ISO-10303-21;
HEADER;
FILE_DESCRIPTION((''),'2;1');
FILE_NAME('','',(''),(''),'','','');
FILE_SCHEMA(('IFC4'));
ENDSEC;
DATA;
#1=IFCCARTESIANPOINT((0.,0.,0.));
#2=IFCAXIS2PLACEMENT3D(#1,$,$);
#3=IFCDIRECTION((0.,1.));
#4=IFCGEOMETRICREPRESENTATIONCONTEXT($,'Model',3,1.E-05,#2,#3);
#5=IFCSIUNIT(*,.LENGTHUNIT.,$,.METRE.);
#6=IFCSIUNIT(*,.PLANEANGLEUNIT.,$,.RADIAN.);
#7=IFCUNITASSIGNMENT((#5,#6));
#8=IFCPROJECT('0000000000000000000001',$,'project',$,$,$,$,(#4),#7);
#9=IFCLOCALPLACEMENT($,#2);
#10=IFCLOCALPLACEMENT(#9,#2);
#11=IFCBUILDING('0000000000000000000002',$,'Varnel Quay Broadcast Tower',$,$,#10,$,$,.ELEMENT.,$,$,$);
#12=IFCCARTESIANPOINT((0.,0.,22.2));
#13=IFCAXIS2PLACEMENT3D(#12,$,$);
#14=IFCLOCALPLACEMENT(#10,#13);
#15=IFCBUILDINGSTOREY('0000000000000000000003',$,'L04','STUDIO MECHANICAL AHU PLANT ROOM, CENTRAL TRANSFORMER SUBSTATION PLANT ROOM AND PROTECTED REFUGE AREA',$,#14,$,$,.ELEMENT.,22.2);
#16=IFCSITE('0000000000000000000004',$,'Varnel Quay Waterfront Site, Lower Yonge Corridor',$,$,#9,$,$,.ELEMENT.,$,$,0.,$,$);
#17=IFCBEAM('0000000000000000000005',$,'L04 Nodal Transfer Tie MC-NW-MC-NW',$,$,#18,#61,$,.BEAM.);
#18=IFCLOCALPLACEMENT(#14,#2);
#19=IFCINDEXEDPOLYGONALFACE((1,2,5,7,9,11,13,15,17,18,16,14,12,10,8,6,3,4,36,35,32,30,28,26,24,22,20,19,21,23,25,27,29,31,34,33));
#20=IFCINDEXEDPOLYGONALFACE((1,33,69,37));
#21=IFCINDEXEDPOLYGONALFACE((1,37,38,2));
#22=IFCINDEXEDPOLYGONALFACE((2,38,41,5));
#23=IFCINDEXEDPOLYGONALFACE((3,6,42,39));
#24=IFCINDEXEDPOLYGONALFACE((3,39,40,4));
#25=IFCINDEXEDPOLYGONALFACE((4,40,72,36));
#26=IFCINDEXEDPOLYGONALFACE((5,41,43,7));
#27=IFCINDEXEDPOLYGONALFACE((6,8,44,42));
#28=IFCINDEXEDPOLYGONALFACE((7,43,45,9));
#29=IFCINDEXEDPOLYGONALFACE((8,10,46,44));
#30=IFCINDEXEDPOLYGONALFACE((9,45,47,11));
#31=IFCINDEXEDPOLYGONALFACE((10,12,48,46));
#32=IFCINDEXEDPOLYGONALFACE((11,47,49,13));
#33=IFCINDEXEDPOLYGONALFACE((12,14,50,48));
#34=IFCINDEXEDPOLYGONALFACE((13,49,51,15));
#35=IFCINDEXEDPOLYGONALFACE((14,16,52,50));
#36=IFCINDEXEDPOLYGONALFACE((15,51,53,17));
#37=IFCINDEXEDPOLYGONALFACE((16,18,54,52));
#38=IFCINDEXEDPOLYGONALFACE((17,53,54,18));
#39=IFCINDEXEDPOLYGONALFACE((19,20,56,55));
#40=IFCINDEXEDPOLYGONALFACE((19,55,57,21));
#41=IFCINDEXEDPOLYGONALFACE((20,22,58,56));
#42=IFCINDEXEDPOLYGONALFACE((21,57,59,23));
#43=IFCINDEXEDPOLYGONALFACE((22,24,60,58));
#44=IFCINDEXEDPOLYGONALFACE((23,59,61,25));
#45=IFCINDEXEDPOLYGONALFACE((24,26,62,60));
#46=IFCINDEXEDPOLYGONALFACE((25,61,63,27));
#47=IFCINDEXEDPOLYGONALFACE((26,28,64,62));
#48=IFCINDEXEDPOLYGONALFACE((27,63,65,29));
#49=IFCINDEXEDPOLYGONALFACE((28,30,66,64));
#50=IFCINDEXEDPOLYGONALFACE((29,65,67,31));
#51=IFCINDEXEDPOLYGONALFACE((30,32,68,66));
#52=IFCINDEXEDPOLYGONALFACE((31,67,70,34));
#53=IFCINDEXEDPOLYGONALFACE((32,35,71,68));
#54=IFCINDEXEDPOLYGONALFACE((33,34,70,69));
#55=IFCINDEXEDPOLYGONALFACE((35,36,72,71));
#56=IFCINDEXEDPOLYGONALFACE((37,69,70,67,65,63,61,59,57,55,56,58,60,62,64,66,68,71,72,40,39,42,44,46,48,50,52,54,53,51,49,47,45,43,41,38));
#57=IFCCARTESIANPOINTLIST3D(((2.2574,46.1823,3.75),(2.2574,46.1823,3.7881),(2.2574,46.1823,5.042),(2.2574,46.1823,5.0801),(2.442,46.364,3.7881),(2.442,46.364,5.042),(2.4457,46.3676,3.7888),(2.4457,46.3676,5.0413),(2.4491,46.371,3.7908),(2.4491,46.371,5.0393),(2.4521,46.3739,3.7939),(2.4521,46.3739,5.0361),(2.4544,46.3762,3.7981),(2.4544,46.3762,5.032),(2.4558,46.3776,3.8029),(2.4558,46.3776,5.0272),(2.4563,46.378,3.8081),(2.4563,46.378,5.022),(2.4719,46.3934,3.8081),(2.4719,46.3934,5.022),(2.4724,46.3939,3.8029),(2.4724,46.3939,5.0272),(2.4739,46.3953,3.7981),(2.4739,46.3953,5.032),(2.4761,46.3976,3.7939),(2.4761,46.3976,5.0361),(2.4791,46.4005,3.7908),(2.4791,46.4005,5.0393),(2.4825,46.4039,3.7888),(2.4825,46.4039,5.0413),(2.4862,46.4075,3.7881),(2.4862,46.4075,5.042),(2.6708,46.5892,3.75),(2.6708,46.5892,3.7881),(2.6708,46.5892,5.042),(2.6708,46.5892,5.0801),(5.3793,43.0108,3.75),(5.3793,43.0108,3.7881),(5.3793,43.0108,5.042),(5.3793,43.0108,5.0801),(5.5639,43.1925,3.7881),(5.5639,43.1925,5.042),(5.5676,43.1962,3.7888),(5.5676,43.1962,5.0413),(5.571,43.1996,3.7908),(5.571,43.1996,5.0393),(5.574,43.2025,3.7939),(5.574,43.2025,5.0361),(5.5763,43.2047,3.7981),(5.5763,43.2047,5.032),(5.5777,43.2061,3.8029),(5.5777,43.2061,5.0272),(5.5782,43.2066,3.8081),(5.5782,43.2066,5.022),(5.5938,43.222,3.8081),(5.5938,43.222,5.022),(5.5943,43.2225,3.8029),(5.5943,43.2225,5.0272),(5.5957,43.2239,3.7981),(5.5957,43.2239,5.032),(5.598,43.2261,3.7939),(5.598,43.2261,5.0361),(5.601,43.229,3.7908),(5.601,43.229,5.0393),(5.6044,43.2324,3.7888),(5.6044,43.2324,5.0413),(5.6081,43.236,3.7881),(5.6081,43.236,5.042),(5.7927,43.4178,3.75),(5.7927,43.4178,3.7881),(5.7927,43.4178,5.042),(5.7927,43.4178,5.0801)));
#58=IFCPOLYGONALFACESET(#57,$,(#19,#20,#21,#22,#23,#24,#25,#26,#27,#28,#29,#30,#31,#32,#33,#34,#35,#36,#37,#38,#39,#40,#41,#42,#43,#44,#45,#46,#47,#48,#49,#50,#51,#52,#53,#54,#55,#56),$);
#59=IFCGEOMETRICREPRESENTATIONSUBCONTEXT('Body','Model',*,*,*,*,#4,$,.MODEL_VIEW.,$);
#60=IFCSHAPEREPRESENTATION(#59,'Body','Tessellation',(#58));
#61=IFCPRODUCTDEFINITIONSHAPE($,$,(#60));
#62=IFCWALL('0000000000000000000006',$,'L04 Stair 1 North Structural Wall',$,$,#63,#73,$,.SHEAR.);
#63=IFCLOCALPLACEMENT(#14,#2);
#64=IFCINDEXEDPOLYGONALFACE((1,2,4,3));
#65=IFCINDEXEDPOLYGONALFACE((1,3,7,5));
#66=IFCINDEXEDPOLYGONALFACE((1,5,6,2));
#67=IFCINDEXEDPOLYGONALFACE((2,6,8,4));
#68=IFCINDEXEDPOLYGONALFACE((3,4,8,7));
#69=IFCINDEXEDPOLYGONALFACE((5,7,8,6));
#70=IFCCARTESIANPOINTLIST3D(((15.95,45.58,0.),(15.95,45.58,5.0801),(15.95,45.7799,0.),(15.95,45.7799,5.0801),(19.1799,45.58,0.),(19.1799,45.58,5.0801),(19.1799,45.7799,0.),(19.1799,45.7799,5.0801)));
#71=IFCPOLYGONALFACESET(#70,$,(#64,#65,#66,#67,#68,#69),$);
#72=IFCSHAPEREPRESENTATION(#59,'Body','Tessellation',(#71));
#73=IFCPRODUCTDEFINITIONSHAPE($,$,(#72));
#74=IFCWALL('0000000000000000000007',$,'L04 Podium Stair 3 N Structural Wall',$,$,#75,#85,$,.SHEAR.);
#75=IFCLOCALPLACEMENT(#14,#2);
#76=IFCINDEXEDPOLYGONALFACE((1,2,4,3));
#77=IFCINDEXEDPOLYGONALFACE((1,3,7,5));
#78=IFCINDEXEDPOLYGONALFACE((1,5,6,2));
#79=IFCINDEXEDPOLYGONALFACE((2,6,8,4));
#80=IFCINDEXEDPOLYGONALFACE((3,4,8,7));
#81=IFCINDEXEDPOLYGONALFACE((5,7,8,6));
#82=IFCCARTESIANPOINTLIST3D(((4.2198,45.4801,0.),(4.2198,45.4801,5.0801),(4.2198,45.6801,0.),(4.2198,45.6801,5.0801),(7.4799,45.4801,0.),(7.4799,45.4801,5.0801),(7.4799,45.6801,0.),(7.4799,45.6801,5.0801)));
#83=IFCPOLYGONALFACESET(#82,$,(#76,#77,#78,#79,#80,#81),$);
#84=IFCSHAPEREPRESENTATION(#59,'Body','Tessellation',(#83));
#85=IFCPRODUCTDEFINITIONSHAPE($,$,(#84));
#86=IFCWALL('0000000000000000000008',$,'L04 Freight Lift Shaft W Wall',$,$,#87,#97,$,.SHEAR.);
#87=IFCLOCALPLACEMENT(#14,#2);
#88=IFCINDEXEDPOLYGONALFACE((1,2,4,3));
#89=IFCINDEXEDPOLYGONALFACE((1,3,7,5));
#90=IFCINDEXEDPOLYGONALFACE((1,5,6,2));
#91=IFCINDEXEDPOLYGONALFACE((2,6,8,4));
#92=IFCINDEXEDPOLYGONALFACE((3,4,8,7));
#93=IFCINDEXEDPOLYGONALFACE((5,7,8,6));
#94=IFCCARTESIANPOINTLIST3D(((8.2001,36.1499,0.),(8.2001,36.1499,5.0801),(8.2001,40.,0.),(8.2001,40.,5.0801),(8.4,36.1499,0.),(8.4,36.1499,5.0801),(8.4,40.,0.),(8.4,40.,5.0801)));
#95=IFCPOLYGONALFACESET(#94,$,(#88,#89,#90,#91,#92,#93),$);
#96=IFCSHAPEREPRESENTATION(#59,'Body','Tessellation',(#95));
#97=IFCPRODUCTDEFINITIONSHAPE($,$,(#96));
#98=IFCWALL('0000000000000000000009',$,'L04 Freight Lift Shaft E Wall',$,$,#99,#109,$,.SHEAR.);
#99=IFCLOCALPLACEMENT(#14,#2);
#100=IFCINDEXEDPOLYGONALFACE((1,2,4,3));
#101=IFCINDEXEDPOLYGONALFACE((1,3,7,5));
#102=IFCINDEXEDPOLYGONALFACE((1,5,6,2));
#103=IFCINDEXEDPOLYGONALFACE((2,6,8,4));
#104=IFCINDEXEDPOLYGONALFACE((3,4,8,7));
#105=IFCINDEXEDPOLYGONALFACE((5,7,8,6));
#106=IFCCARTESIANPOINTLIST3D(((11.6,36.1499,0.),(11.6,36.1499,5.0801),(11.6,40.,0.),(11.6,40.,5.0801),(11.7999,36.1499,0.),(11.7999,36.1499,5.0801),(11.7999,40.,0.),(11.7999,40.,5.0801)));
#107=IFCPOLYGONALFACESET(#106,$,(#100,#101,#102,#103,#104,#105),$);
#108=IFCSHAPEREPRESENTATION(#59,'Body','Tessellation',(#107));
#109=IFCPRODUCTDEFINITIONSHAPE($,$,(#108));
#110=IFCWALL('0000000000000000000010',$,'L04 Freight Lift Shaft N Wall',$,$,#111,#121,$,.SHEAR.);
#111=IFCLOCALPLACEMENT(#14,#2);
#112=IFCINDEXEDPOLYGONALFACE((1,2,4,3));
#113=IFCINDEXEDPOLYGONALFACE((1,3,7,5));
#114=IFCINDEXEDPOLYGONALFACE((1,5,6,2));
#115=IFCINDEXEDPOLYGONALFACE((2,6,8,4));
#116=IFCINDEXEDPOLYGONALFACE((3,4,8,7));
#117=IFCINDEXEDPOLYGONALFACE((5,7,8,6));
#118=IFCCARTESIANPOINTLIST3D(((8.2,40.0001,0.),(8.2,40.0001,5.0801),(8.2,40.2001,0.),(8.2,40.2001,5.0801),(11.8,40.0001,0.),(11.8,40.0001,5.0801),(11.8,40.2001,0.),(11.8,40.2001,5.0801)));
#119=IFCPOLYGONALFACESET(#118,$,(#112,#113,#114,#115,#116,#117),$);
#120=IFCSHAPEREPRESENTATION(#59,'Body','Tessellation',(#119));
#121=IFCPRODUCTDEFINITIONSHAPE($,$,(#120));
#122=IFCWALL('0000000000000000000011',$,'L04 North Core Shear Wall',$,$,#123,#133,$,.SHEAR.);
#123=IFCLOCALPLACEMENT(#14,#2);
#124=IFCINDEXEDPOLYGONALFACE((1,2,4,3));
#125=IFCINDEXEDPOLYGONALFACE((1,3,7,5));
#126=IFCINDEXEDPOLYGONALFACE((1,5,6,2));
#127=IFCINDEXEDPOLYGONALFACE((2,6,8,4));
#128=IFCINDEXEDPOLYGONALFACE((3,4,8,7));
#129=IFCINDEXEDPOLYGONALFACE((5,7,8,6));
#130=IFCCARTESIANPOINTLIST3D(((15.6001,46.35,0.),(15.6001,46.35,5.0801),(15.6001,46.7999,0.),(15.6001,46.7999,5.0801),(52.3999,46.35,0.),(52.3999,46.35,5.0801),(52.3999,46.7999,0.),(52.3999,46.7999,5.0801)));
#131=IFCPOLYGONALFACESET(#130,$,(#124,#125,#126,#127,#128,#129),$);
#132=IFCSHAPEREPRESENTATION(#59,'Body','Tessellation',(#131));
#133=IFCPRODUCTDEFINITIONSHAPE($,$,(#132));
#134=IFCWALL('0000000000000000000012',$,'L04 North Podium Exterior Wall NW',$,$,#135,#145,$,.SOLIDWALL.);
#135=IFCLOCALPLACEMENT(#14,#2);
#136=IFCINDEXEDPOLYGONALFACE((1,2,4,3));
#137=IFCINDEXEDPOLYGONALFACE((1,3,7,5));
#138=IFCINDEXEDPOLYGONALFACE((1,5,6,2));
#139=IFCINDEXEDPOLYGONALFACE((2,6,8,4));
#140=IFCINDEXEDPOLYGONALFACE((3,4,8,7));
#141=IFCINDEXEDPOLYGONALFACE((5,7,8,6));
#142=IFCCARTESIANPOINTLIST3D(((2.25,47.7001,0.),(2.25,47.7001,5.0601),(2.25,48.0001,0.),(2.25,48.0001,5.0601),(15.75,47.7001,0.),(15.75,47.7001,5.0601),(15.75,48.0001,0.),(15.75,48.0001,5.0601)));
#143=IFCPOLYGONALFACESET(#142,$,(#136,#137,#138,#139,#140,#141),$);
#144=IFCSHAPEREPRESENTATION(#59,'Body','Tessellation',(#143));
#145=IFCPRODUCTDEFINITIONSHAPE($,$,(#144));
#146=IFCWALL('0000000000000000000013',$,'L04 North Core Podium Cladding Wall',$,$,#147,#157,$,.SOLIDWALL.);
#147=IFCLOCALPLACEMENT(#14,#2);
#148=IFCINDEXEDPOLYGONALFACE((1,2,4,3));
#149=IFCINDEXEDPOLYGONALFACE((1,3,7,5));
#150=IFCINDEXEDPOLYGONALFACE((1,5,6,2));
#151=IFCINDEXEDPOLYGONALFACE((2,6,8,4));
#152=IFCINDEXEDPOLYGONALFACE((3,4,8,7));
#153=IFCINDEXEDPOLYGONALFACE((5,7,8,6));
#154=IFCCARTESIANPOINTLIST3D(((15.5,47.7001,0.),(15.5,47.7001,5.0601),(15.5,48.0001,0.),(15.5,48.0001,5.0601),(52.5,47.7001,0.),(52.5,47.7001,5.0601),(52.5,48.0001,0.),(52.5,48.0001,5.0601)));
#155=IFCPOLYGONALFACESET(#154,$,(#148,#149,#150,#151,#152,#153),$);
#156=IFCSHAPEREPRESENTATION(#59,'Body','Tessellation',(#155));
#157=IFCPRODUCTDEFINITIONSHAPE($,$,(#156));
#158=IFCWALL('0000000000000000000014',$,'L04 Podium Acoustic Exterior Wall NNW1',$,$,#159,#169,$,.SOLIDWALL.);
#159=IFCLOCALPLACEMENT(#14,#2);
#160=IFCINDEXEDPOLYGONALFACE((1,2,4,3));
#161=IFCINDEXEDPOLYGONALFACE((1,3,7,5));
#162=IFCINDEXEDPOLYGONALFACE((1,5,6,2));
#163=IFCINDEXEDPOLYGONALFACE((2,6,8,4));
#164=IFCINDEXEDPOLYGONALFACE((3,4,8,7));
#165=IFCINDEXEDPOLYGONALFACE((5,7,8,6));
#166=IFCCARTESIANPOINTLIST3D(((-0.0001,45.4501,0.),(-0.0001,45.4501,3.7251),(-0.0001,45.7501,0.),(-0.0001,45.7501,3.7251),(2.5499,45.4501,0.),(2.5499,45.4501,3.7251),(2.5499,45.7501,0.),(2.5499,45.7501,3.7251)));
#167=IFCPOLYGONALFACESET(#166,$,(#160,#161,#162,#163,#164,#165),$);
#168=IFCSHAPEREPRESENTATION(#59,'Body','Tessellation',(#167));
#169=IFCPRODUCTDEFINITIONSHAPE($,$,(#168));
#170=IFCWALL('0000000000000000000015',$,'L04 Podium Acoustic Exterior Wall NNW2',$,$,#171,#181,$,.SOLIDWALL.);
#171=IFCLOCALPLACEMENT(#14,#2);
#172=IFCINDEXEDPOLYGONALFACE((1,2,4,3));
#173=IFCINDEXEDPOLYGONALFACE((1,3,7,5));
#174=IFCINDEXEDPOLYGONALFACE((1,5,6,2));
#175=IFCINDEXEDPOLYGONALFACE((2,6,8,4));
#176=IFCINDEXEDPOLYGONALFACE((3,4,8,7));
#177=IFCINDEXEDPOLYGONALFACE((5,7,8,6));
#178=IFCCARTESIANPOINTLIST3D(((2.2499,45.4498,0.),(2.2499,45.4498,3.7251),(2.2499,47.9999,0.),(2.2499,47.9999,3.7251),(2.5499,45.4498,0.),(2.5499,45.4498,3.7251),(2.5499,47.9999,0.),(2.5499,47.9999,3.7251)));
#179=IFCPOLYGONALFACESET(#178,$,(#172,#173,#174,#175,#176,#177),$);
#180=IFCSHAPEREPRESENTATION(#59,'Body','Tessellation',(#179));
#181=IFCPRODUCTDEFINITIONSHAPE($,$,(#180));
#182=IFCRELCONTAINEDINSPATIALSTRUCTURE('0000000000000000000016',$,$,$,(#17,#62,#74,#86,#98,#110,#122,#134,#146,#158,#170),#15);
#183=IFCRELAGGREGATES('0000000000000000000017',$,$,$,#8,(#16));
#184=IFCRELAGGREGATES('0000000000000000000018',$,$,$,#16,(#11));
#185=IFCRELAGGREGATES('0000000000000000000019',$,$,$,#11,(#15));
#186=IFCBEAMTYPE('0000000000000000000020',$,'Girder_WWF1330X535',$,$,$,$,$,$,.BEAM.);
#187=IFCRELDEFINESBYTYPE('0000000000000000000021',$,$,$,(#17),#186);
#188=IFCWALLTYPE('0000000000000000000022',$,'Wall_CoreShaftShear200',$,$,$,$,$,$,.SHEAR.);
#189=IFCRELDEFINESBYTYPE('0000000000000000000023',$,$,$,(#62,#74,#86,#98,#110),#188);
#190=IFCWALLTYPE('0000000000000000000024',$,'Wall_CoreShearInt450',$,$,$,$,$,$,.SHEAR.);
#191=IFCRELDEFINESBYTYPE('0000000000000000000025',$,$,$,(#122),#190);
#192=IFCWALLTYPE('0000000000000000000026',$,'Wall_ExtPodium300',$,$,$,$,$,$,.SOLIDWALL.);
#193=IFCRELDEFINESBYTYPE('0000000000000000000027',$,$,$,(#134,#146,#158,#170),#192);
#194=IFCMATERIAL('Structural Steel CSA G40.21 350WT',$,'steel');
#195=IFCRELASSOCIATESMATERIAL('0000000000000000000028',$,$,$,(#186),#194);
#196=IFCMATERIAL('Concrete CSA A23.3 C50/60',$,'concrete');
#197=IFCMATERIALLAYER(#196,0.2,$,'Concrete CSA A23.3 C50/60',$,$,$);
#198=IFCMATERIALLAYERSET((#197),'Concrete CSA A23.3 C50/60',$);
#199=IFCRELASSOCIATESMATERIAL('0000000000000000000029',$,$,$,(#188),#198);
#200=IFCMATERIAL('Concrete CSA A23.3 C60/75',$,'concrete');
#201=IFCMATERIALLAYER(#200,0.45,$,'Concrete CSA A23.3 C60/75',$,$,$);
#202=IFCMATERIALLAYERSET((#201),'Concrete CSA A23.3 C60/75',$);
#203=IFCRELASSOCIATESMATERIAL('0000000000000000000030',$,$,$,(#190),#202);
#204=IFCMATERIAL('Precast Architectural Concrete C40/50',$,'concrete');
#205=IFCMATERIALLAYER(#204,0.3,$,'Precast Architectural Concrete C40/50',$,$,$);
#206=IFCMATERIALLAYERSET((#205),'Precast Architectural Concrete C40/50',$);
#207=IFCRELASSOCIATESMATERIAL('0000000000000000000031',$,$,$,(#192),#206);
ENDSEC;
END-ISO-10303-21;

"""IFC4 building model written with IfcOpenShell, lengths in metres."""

from ifc_helpers import new_model, si_unit, direction, frame, frame_2d, origin, origin_2d, place, context, subcontext, project, spatial, rectangle, i_section, extrude, source, transform, mapped, material, layer, layer_set, material_profile, profile_set, type_object, element, save


model = new_model("IFC4")

# Units and contexts
model_context = context("Model", 3, precision=1e-05, world=origin(), true_north=direction((0.0, 1.0)))
body_context = subcontext(model_context, "Body", "Model", "MODEL_VIEW")
ifc_project = project(units=[si_unit("LENGTHUNIT", "METRE"), si_unit("PLANEANGLEUNIT", "RADIAN")], contexts=[model_context])

# Site, building, storey
site_placement = place(None, origin())
site = spatial("IfcSite", under=ifc_project, at=site_placement, Name="Varnel Quay Waterfront Site, Lower Yonge Corridor", CompositionType="ELEMENT", RefElevation=0.0)
building_placement = place(site_placement, origin())
building = spatial("IfcBuilding", under=site, at=building_placement, Name="Varnel Quay Broadcast Tower", CompositionType="ELEMENT")
storey_placement = place(building_placement, frame((0.0, 0.0, 22.2)))
storey = spatial("IfcBuildingStorey", under=building, at=storey_placement, Name="L04", Description="STUDIO MECHANICAL AHU PLANT ROOM, CENTRAL TRANSFORMER SUBSTATION PLANT ROOM AND PROTECTED REFUGE AREA", CompositionType="ELEMENT", Elevation=22.2)

# Shared definitions
ifc_material_1 = material(Name="Structural Steel CSA G40.21 350WT", Category="steel")

# Beam
ifc_material_profile_1 = material_profile(ifc_material_1, i_section(OverallWidth=0.5801, OverallDepth=1.3301, WebThickness=0.022, FlangeThickness=0.0381, FilletRadius=0.02, at=origin_2d()), Name="WWF1330X535")
ifc_profile_set_1 = profile_set([ifc_material_profile_1], Name="Structural Steel CSA G40.21 350WT")
beam_type = type_object("IfcBeamType", Name="Girder_WWF1330X535", PredefinedType="BEAM", material=ifc_profile_set_1)
shared_shape_1 = source(origin(), body_context, "Body", "SweptSolid", [
    extrude(i_section(OverallWidth=0.5801, OverallDepth=1.3301, WebThickness=0.022, FlangeThickness=0.0381, FilletRadius=0.02, at=origin_2d()), origin(), (0.0, 0.0, 1.0), 4.4502),
])
beam_1_placement = place(storey_placement, frame((2.4641, 46.3857, 4.415), z_axis=(0.701516, -0.712653, 0.0), x_axis=(0.712653, 0.701516, 0.0)))
element("IfcBeam", 1, at=beam_1_placement, inside=storey, type_object=beam_type, Name="L04 Nodal Transfer Tie MC-NW-MC-NW", PredefinedType="BEAM", context=body_context, shape_type="MappedRepresentation", body=[
    mapped(shared_shape_1, transform((0.0, 0.0, 0.0), x_axis=(1.0, 0.0, 0.0), y_axis=(0.0, 1.0, 0.0), z_axis=(0.0, 0.0, 1.0), scale=1.0)),
])

# Walls
ifc_material_2 = material(Name="Concrete CSA A23.3 C50/60", Category="concrete")
ifc_layer_1 = layer(ifc_material_2, 0.2, Name="Concrete CSA A23.3 C50/60")
ifc_layer_set_1 = layer_set([ifc_layer_1], Name="Concrete CSA A23.3 C50/60")
wall_type_1 = type_object("IfcWallType", Name="Wall_CoreShaftShear200", PredefinedType="SHEAR", material=ifc_layer_set_1)
wall_1_placement = place(storey_placement, frame((15.95, 45.6799, 0.0), z_axis=(0.0, 0.0, 1.0), x_axis=(1.0, 0.0, 0.0)))
element("IfcWall", 2, at=wall_1_placement, inside=storey, type_object=wall_type_1, Name="L04 Stair 1 North Structural Wall", PredefinedType="SHEAR", context=body_context, shape_type="SweptSolid", body=[
    extrude(rectangle(XDim=3.23, YDim=0.2, at=frame_2d((1.615, 0.0))), origin(), (0.0, 0.0, 1.0), 5.0801),
])
wall_2_placement = place(storey_placement, frame((4.22, 45.5801, 0.0), z_axis=(0.0, 0.0, 1.0), x_axis=(1.0, 0.0, 0.0)))
element("IfcWall", 3, at=wall_2_placement, inside=storey, type_object=wall_type_1, Name="L04 Podium Stair 3 N Structural Wall", PredefinedType="SHEAR", context=body_context, shape_type="SweptSolid", body=[
    extrude(rectangle(XDim=3.26, YDim=0.2, at=frame_2d((1.6299, 0.0))), origin(), (0.0, 0.0, 1.0), 5.0801),
])
for number, where, z_axis, x_axis, name in (
    (4, (8.3, 36.1499, 0.0), (0.0, 0.0, 1.0), (0.0, 1.0, 0.0), "L04 Freight Lift Shaft W Wall"),
    (5, (11.7, 36.1499, 0.0), (0.0, 0.0, 1.0), (0.0, 1.0, 0.0), "L04 Freight Lift Shaft E Wall"),
):
    element("IfcWall", number, at=place(storey_placement, frame(where, z_axis=z_axis, x_axis=x_axis)), inside=storey, type_object=wall_type_1, Name=name, PredefinedType="SHEAR", context=body_context, shape_type="SweptSolid", body=[
        extrude(rectangle(XDim=3.8501, YDim=0.2, at=frame_2d((1.925, 0.0))), origin(), (0.0, 0.0, 1.0), 5.0801),
    ])
wall_3_placement = place(storey_placement, frame((8.2, 40.1001, 0.0), z_axis=(0.0, 0.0, 1.0), x_axis=(1.0, 0.0, 0.0)))
element("IfcWall", 6, at=wall_3_placement, inside=storey, type_object=wall_type_1, Name="L04 Freight Lift Shaft N Wall", PredefinedType="SHEAR", context=body_context, shape_type="SweptSolid", body=[
    extrude(rectangle(XDim=3.6001, YDim=0.2, at=frame_2d((1.8, 0.0))), origin(), (0.0, 0.0, 1.0), 5.0801),
])
ifc_material_3 = material(Name="Concrete CSA A23.3 C60/75", Category="concrete")
ifc_layer_2 = layer(ifc_material_3, 0.45, Name="Concrete CSA A23.3 C60/75")
ifc_layer_set_2 = layer_set([ifc_layer_2], Name="Concrete CSA A23.3 C60/75")
wall_type_2 = type_object("IfcWallType", Name="Wall_CoreShearInt450", PredefinedType="SHEAR", material=ifc_layer_set_2)
wall_4_placement = place(storey_placement, frame((15.6001, 46.575, 0.0), z_axis=(0.0, 0.0, 1.0), x_axis=(1.0, 0.0, 0.0)))
element("IfcWall", 7, at=wall_4_placement, inside=storey, type_object=wall_type_2, Name="L04 North Core Shear Wall", PredefinedType="SHEAR", context=body_context, shape_type="SweptSolid", body=[
    extrude(rectangle(XDim=36.7998, YDim=0.45, at=frame_2d((18.3999, 0.0))), origin(), (0.0, 0.0, 1.0), 5.0801),
])
ifc_material_4 = material(Name="Precast Architectural Concrete C40/50", Category="concrete")
ifc_layer_3 = layer(ifc_material_4, 0.3, Name="Precast Architectural Concrete C40/50")
ifc_layer_set_3 = layer_set([ifc_layer_3], Name="Precast Architectural Concrete C40/50")
wall_type_3 = type_object("IfcWallType", Name="Wall_ExtPodium300", PredefinedType="SOLIDWALL", material=ifc_layer_set_3)
wall_5_placement = place(storey_placement, frame((2.25, 47.8501, 0.0), z_axis=(0.0, 0.0, 1.0), x_axis=(1.0, 0.0, 0.0)))
element("IfcWall", 8, at=wall_5_placement, inside=storey, type_object=wall_type_3, Name="L04 North Podium Exterior Wall NW", PredefinedType="SOLIDWALL", context=body_context, shape_type="SweptSolid", body=[
    extrude(rectangle(XDim=13.5, YDim=0.3, at=frame_2d((6.75, 0.0))), origin(), (0.0, 0.0, 1.0), 5.0601),
])
wall_6_placement = place(storey_placement, frame((15.5, 47.8501, 0.0), z_axis=(0.0, 0.0, 1.0), x_axis=(1.0, 0.0, 0.0)))
element("IfcWall", 9, at=wall_6_placement, inside=storey, type_object=wall_type_3, Name="L04 North Core Podium Cladding Wall", PredefinedType="SOLIDWALL", context=body_context, shape_type="SweptSolid", body=[
    extrude(rectangle(XDim=37.0, YDim=0.3, at=frame_2d((18.5, 0.0))), origin(), (0.0, 0.0, 1.0), 5.0601),
])
for number, where, z_axis, x_axis, name in (
    (10, (0.0, 45.6001, 0.0), (0.0, 0.0, 1.0), (1.0, 0.0, 0.0), "L04 Podium Acoustic Exterior Wall NNW1"),
    (11, (2.3999, 45.45, 0.0), (0.0, 0.0, 1.0), (0.0, 1.0, 0.0), "L04 Podium Acoustic Exterior Wall NNW2"),
):
    element("IfcWall", number, at=place(storey_placement, frame(where, z_axis=z_axis, x_axis=x_axis)), inside=storey, type_object=wall_type_3, Name=name, PredefinedType="SOLIDWALL", context=body_context, shape_type="SweptSolid", body=[
        extrude(rectangle(XDim=2.55, YDim=0.3, at=frame_2d((1.2749, 0.0))), origin(), (0.0, 0.0, 1.0), 3.7251),
    ])

save(model, "model.ifc")
